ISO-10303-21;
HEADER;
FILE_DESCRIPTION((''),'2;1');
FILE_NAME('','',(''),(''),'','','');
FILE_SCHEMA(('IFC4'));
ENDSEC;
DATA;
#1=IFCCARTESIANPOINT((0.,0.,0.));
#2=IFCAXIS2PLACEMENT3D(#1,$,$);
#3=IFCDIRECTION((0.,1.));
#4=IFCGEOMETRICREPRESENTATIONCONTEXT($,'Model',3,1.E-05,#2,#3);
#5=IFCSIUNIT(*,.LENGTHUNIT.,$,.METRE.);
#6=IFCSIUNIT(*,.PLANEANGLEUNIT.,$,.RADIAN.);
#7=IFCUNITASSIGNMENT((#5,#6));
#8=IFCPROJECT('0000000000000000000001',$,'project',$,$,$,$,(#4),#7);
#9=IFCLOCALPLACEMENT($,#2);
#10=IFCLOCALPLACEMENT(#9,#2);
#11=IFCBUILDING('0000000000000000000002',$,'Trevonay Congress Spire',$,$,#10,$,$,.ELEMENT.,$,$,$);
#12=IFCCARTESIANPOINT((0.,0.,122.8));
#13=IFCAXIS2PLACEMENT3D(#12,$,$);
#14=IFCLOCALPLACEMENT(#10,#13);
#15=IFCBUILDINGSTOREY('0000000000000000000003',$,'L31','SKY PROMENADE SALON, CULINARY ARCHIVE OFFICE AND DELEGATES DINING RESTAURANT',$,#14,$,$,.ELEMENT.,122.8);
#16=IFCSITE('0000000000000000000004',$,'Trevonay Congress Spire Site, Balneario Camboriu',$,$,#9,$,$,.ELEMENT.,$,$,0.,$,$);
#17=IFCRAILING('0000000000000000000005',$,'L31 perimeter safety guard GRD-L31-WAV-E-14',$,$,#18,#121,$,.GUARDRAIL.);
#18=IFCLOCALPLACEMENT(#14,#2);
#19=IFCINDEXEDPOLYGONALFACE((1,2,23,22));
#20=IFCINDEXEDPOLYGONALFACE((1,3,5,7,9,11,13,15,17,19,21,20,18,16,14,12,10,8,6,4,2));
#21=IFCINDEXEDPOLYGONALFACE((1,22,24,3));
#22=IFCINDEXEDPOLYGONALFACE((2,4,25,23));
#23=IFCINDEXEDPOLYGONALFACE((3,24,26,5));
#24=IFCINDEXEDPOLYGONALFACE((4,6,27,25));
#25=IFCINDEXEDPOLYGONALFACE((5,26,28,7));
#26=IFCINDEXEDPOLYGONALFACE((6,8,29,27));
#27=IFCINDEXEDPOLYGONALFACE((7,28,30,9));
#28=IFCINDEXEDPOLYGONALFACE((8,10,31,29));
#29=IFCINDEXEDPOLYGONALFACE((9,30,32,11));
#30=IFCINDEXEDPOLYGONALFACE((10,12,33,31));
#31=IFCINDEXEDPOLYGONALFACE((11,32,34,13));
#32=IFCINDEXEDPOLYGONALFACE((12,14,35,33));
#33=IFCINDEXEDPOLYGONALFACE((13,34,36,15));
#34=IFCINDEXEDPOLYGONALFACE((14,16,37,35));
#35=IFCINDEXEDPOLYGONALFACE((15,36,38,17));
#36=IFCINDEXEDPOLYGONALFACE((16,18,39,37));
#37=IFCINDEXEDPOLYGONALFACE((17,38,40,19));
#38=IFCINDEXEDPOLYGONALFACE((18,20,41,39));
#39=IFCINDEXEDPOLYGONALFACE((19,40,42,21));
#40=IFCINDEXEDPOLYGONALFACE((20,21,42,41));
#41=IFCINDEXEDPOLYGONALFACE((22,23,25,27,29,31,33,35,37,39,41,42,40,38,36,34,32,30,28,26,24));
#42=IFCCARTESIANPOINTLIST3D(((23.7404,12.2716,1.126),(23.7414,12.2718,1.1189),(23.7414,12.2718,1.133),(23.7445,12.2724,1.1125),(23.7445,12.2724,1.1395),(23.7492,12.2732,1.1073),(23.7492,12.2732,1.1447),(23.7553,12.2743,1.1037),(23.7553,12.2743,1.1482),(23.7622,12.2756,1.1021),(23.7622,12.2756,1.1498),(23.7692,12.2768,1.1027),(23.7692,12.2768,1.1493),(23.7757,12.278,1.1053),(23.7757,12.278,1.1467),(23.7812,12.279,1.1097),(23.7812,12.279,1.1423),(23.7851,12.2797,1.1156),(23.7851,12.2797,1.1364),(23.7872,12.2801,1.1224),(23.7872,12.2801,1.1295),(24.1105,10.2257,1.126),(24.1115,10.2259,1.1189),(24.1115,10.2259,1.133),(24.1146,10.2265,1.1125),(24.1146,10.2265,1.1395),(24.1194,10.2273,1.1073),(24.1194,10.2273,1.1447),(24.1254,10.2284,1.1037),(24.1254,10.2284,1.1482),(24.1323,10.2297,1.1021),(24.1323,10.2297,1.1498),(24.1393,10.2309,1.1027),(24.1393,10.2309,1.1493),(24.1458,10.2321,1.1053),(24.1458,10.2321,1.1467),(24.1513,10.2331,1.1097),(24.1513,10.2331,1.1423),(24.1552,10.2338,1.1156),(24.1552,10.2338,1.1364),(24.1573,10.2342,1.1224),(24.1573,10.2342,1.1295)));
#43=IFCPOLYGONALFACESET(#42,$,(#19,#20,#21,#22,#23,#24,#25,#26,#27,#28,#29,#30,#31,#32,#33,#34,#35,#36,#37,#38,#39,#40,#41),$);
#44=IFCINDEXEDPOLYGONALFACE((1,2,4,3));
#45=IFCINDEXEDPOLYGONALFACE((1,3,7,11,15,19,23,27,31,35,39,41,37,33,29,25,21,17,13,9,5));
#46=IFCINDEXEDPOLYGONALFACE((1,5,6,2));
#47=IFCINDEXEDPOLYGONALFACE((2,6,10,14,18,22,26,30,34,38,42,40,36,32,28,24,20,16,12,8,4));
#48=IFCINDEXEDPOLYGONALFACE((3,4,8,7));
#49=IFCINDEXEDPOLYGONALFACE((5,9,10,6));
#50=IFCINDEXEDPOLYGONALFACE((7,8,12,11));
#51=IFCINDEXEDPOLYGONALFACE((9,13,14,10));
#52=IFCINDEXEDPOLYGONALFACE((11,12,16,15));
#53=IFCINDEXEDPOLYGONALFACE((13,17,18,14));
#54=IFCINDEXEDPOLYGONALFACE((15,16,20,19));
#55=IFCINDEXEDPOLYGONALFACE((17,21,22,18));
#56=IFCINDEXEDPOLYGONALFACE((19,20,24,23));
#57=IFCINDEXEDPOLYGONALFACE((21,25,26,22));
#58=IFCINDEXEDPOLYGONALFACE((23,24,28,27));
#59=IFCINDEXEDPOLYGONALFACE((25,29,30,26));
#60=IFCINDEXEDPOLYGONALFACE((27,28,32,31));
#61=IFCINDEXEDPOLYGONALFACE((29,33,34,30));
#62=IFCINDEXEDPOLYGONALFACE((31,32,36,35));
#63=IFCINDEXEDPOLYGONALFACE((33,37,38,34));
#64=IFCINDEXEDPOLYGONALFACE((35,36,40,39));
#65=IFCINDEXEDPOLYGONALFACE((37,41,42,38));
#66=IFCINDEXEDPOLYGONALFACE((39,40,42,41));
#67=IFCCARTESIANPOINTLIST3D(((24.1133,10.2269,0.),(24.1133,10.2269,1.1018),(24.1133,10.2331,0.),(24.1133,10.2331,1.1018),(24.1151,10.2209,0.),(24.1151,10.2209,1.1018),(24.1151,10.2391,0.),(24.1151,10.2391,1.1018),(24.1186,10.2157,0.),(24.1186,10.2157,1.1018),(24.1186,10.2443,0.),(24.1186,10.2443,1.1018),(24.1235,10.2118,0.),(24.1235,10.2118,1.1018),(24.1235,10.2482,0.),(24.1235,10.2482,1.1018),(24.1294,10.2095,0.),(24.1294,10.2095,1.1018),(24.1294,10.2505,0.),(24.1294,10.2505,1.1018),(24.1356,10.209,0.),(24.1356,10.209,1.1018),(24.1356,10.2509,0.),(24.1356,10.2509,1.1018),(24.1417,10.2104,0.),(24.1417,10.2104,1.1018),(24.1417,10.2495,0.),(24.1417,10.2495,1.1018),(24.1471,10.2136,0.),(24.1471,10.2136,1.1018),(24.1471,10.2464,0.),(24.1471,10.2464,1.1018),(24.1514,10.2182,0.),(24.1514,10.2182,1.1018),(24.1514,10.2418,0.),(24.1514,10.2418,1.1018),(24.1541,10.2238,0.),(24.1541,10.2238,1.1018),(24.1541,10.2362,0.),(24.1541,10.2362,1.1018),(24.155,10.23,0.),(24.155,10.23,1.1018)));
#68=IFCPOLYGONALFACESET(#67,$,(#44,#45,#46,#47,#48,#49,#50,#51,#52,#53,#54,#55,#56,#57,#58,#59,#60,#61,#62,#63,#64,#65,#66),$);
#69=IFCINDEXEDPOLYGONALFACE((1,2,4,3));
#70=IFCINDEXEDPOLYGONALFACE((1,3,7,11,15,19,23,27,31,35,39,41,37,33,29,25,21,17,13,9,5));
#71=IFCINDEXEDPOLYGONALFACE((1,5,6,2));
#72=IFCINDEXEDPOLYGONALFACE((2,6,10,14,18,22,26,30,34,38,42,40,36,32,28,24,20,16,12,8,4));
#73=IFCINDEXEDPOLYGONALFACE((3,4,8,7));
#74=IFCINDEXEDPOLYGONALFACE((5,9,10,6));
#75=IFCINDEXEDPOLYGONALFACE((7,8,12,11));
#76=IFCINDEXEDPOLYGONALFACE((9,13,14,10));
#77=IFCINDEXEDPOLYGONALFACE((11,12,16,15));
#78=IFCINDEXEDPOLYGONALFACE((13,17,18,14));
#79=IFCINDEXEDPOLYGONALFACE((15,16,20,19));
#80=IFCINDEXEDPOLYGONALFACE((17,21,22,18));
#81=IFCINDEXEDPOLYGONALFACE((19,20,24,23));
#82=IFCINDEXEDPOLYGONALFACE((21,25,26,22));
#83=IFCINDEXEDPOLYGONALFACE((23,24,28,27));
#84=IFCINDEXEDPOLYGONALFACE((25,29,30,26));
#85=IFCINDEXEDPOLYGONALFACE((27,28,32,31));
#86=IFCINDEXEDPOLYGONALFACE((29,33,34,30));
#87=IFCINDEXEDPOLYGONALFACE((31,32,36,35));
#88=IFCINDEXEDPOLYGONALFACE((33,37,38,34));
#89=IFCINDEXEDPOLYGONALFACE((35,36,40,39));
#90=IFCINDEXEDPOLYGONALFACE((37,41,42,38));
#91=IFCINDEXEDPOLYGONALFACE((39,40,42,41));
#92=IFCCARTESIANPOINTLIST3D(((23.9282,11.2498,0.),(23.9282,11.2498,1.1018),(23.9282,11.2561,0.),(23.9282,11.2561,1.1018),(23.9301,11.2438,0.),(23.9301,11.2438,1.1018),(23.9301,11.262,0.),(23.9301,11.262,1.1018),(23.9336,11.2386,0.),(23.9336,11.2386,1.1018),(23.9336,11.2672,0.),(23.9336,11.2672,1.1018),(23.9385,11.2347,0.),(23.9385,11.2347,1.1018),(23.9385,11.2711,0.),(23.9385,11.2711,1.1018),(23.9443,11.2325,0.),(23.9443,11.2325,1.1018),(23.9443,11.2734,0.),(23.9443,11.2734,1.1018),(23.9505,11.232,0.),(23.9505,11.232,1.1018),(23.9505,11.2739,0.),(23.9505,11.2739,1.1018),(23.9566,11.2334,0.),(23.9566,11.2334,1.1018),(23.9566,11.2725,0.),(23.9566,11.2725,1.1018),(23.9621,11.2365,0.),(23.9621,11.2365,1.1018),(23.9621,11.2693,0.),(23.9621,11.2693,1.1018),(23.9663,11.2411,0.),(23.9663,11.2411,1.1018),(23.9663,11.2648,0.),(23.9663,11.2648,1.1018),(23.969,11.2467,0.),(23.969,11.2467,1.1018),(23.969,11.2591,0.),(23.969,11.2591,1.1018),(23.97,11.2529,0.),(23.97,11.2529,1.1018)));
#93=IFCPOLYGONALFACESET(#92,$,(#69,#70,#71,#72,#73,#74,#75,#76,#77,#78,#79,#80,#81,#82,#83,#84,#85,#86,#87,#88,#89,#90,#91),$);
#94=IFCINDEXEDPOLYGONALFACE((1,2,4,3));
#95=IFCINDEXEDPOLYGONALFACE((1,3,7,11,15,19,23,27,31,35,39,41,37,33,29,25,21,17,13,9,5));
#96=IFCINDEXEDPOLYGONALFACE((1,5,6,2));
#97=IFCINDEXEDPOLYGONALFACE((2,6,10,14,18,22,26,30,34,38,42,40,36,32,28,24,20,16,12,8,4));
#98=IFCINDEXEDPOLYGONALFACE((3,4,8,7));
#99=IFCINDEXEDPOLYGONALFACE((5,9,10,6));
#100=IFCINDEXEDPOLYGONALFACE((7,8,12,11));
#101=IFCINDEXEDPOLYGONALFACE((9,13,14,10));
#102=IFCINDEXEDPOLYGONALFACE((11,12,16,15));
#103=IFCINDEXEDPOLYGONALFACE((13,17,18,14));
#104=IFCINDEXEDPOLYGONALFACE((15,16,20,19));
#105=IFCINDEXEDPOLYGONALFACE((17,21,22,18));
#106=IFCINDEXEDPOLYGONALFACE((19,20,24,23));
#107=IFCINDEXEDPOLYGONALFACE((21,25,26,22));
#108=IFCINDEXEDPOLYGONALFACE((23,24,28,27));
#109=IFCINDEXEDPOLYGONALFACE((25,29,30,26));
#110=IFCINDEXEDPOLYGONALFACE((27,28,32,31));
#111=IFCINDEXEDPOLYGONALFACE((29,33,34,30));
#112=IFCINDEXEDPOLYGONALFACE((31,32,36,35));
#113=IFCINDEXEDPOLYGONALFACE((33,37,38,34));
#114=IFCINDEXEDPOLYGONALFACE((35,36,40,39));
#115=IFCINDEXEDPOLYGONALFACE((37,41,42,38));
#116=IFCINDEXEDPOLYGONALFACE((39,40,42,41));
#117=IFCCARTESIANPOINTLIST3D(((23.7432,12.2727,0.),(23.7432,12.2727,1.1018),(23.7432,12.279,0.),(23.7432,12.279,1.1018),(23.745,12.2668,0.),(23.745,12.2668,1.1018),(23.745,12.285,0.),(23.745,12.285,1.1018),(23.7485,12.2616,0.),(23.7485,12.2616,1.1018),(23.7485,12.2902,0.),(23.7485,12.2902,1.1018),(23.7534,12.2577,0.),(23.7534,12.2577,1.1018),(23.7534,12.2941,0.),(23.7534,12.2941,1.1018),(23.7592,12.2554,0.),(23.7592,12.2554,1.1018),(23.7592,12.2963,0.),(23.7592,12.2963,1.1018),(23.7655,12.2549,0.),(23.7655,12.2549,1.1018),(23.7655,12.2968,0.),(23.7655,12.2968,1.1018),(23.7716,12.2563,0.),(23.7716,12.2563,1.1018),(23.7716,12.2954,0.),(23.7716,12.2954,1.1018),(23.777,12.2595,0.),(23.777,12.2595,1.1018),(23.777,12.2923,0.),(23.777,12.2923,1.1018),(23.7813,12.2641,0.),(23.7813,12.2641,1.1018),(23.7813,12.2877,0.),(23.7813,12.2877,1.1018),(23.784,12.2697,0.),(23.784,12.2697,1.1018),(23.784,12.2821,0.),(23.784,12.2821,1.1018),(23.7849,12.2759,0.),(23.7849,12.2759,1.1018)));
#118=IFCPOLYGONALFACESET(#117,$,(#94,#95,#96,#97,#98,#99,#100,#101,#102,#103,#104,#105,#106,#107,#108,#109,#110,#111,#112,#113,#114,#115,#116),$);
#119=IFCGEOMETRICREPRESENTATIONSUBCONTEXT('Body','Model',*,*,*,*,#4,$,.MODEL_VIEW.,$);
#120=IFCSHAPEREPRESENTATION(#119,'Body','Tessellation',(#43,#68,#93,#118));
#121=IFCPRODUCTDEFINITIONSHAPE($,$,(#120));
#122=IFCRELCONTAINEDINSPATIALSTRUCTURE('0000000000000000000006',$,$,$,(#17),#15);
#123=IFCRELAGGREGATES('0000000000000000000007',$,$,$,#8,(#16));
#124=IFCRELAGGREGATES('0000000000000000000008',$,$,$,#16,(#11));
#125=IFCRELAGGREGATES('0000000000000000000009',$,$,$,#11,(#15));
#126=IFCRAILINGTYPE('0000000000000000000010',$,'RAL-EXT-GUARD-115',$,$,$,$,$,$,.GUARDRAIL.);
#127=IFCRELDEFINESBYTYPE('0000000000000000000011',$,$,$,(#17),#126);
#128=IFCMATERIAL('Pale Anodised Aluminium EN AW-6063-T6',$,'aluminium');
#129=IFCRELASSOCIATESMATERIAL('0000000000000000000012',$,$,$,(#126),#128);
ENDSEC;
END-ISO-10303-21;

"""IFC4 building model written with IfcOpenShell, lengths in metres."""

from ifc_helpers import new_model, si_unit, direction, frame, origin, origin_2d, place, context, subcontext, project, spatial, circle, extrude, material, type_object, element, save


model = new_model("IFC4")

# Units and contexts
model_context = context("Model", 3, precision=1e-05, world=origin(), true_north=direction((0.0, 1.0)))
body_context = subcontext(model_context, "Body", "Model", "MODEL_VIEW")
ifc_project = project(units=[si_unit("LENGTHUNIT", "METRE"), si_unit("PLANEANGLEUNIT", "RADIAN")], contexts=[model_context])

# Site, building, storey
site_placement = place(None, origin())
site = spatial("IfcSite", under=ifc_project, at=site_placement, Name="Trevonay Congress Spire Site, Balneario Camboriu", CompositionType="ELEMENT", RefElevation=0.0)
building_placement = place(site_placement, origin())
building = spatial("IfcBuilding", under=site, at=building_placement, Name="Trevonay Congress Spire", CompositionType="ELEMENT")
storey_placement = place(building_placement, frame((0.0, 0.0, 122.8)))
storey = spatial("IfcBuildingStorey", under=building, at=storey_placement, Name="L31", Description="SKY PROMENADE SALON, CULINARY ARCHIVE OFFICE AND DELEGATES DINING RESTAURANT", CompositionType="ELEMENT", Elevation=122.8)

# Shared definitions
ifc_material_1 = material(Name="Pale Anodised Aluminium EN AW-6063-T6", Category="aluminium")

# Railing
railing_type = type_object("IfcRailingType", Name="RAL-EXT-GUARD-115", PredefinedType="GUARDRAIL", material=ifc_material_1)
railing_1_placement = place(storey_placement, frame((24.134, 10.23, 0.0)))
element("IfcRailing", 1, at=railing_1_placement, inside=storey, type_object=railing_type, Name="L31 perimeter safety guard GRD-L31-WAV-E-14", PredefinedType="GUARDRAIL", context=body_context, shape_type="SweptSolid", body=[
    extrude(circle(Radius=0.0239, at=origin_2d()), frame((0.0, 0.0, 1.126), z_axis=(-0.178017, 0.984027, 0.0), x_axis=(-0.984027, -0.178017, 0.0)), (0.0, 0.0, 1.0), 2.0791),
    extrude(circle(Radius=0.021, at=origin_2d()), origin(), (0.0, 0.0, 1.0), 1.1018),
    extrude(circle(Radius=0.021, at=origin_2d()), frame((-0.1851, 1.0229, 0.0)), (0.0, 0.0, 1.0), 1.1018),
    extrude(circle(Radius=0.021, at=origin_2d()), frame((-0.3701, 2.0459, 0.0)), (0.0, 0.0, 1.0), 1.1018),
])

save(model, "model.ifc")
